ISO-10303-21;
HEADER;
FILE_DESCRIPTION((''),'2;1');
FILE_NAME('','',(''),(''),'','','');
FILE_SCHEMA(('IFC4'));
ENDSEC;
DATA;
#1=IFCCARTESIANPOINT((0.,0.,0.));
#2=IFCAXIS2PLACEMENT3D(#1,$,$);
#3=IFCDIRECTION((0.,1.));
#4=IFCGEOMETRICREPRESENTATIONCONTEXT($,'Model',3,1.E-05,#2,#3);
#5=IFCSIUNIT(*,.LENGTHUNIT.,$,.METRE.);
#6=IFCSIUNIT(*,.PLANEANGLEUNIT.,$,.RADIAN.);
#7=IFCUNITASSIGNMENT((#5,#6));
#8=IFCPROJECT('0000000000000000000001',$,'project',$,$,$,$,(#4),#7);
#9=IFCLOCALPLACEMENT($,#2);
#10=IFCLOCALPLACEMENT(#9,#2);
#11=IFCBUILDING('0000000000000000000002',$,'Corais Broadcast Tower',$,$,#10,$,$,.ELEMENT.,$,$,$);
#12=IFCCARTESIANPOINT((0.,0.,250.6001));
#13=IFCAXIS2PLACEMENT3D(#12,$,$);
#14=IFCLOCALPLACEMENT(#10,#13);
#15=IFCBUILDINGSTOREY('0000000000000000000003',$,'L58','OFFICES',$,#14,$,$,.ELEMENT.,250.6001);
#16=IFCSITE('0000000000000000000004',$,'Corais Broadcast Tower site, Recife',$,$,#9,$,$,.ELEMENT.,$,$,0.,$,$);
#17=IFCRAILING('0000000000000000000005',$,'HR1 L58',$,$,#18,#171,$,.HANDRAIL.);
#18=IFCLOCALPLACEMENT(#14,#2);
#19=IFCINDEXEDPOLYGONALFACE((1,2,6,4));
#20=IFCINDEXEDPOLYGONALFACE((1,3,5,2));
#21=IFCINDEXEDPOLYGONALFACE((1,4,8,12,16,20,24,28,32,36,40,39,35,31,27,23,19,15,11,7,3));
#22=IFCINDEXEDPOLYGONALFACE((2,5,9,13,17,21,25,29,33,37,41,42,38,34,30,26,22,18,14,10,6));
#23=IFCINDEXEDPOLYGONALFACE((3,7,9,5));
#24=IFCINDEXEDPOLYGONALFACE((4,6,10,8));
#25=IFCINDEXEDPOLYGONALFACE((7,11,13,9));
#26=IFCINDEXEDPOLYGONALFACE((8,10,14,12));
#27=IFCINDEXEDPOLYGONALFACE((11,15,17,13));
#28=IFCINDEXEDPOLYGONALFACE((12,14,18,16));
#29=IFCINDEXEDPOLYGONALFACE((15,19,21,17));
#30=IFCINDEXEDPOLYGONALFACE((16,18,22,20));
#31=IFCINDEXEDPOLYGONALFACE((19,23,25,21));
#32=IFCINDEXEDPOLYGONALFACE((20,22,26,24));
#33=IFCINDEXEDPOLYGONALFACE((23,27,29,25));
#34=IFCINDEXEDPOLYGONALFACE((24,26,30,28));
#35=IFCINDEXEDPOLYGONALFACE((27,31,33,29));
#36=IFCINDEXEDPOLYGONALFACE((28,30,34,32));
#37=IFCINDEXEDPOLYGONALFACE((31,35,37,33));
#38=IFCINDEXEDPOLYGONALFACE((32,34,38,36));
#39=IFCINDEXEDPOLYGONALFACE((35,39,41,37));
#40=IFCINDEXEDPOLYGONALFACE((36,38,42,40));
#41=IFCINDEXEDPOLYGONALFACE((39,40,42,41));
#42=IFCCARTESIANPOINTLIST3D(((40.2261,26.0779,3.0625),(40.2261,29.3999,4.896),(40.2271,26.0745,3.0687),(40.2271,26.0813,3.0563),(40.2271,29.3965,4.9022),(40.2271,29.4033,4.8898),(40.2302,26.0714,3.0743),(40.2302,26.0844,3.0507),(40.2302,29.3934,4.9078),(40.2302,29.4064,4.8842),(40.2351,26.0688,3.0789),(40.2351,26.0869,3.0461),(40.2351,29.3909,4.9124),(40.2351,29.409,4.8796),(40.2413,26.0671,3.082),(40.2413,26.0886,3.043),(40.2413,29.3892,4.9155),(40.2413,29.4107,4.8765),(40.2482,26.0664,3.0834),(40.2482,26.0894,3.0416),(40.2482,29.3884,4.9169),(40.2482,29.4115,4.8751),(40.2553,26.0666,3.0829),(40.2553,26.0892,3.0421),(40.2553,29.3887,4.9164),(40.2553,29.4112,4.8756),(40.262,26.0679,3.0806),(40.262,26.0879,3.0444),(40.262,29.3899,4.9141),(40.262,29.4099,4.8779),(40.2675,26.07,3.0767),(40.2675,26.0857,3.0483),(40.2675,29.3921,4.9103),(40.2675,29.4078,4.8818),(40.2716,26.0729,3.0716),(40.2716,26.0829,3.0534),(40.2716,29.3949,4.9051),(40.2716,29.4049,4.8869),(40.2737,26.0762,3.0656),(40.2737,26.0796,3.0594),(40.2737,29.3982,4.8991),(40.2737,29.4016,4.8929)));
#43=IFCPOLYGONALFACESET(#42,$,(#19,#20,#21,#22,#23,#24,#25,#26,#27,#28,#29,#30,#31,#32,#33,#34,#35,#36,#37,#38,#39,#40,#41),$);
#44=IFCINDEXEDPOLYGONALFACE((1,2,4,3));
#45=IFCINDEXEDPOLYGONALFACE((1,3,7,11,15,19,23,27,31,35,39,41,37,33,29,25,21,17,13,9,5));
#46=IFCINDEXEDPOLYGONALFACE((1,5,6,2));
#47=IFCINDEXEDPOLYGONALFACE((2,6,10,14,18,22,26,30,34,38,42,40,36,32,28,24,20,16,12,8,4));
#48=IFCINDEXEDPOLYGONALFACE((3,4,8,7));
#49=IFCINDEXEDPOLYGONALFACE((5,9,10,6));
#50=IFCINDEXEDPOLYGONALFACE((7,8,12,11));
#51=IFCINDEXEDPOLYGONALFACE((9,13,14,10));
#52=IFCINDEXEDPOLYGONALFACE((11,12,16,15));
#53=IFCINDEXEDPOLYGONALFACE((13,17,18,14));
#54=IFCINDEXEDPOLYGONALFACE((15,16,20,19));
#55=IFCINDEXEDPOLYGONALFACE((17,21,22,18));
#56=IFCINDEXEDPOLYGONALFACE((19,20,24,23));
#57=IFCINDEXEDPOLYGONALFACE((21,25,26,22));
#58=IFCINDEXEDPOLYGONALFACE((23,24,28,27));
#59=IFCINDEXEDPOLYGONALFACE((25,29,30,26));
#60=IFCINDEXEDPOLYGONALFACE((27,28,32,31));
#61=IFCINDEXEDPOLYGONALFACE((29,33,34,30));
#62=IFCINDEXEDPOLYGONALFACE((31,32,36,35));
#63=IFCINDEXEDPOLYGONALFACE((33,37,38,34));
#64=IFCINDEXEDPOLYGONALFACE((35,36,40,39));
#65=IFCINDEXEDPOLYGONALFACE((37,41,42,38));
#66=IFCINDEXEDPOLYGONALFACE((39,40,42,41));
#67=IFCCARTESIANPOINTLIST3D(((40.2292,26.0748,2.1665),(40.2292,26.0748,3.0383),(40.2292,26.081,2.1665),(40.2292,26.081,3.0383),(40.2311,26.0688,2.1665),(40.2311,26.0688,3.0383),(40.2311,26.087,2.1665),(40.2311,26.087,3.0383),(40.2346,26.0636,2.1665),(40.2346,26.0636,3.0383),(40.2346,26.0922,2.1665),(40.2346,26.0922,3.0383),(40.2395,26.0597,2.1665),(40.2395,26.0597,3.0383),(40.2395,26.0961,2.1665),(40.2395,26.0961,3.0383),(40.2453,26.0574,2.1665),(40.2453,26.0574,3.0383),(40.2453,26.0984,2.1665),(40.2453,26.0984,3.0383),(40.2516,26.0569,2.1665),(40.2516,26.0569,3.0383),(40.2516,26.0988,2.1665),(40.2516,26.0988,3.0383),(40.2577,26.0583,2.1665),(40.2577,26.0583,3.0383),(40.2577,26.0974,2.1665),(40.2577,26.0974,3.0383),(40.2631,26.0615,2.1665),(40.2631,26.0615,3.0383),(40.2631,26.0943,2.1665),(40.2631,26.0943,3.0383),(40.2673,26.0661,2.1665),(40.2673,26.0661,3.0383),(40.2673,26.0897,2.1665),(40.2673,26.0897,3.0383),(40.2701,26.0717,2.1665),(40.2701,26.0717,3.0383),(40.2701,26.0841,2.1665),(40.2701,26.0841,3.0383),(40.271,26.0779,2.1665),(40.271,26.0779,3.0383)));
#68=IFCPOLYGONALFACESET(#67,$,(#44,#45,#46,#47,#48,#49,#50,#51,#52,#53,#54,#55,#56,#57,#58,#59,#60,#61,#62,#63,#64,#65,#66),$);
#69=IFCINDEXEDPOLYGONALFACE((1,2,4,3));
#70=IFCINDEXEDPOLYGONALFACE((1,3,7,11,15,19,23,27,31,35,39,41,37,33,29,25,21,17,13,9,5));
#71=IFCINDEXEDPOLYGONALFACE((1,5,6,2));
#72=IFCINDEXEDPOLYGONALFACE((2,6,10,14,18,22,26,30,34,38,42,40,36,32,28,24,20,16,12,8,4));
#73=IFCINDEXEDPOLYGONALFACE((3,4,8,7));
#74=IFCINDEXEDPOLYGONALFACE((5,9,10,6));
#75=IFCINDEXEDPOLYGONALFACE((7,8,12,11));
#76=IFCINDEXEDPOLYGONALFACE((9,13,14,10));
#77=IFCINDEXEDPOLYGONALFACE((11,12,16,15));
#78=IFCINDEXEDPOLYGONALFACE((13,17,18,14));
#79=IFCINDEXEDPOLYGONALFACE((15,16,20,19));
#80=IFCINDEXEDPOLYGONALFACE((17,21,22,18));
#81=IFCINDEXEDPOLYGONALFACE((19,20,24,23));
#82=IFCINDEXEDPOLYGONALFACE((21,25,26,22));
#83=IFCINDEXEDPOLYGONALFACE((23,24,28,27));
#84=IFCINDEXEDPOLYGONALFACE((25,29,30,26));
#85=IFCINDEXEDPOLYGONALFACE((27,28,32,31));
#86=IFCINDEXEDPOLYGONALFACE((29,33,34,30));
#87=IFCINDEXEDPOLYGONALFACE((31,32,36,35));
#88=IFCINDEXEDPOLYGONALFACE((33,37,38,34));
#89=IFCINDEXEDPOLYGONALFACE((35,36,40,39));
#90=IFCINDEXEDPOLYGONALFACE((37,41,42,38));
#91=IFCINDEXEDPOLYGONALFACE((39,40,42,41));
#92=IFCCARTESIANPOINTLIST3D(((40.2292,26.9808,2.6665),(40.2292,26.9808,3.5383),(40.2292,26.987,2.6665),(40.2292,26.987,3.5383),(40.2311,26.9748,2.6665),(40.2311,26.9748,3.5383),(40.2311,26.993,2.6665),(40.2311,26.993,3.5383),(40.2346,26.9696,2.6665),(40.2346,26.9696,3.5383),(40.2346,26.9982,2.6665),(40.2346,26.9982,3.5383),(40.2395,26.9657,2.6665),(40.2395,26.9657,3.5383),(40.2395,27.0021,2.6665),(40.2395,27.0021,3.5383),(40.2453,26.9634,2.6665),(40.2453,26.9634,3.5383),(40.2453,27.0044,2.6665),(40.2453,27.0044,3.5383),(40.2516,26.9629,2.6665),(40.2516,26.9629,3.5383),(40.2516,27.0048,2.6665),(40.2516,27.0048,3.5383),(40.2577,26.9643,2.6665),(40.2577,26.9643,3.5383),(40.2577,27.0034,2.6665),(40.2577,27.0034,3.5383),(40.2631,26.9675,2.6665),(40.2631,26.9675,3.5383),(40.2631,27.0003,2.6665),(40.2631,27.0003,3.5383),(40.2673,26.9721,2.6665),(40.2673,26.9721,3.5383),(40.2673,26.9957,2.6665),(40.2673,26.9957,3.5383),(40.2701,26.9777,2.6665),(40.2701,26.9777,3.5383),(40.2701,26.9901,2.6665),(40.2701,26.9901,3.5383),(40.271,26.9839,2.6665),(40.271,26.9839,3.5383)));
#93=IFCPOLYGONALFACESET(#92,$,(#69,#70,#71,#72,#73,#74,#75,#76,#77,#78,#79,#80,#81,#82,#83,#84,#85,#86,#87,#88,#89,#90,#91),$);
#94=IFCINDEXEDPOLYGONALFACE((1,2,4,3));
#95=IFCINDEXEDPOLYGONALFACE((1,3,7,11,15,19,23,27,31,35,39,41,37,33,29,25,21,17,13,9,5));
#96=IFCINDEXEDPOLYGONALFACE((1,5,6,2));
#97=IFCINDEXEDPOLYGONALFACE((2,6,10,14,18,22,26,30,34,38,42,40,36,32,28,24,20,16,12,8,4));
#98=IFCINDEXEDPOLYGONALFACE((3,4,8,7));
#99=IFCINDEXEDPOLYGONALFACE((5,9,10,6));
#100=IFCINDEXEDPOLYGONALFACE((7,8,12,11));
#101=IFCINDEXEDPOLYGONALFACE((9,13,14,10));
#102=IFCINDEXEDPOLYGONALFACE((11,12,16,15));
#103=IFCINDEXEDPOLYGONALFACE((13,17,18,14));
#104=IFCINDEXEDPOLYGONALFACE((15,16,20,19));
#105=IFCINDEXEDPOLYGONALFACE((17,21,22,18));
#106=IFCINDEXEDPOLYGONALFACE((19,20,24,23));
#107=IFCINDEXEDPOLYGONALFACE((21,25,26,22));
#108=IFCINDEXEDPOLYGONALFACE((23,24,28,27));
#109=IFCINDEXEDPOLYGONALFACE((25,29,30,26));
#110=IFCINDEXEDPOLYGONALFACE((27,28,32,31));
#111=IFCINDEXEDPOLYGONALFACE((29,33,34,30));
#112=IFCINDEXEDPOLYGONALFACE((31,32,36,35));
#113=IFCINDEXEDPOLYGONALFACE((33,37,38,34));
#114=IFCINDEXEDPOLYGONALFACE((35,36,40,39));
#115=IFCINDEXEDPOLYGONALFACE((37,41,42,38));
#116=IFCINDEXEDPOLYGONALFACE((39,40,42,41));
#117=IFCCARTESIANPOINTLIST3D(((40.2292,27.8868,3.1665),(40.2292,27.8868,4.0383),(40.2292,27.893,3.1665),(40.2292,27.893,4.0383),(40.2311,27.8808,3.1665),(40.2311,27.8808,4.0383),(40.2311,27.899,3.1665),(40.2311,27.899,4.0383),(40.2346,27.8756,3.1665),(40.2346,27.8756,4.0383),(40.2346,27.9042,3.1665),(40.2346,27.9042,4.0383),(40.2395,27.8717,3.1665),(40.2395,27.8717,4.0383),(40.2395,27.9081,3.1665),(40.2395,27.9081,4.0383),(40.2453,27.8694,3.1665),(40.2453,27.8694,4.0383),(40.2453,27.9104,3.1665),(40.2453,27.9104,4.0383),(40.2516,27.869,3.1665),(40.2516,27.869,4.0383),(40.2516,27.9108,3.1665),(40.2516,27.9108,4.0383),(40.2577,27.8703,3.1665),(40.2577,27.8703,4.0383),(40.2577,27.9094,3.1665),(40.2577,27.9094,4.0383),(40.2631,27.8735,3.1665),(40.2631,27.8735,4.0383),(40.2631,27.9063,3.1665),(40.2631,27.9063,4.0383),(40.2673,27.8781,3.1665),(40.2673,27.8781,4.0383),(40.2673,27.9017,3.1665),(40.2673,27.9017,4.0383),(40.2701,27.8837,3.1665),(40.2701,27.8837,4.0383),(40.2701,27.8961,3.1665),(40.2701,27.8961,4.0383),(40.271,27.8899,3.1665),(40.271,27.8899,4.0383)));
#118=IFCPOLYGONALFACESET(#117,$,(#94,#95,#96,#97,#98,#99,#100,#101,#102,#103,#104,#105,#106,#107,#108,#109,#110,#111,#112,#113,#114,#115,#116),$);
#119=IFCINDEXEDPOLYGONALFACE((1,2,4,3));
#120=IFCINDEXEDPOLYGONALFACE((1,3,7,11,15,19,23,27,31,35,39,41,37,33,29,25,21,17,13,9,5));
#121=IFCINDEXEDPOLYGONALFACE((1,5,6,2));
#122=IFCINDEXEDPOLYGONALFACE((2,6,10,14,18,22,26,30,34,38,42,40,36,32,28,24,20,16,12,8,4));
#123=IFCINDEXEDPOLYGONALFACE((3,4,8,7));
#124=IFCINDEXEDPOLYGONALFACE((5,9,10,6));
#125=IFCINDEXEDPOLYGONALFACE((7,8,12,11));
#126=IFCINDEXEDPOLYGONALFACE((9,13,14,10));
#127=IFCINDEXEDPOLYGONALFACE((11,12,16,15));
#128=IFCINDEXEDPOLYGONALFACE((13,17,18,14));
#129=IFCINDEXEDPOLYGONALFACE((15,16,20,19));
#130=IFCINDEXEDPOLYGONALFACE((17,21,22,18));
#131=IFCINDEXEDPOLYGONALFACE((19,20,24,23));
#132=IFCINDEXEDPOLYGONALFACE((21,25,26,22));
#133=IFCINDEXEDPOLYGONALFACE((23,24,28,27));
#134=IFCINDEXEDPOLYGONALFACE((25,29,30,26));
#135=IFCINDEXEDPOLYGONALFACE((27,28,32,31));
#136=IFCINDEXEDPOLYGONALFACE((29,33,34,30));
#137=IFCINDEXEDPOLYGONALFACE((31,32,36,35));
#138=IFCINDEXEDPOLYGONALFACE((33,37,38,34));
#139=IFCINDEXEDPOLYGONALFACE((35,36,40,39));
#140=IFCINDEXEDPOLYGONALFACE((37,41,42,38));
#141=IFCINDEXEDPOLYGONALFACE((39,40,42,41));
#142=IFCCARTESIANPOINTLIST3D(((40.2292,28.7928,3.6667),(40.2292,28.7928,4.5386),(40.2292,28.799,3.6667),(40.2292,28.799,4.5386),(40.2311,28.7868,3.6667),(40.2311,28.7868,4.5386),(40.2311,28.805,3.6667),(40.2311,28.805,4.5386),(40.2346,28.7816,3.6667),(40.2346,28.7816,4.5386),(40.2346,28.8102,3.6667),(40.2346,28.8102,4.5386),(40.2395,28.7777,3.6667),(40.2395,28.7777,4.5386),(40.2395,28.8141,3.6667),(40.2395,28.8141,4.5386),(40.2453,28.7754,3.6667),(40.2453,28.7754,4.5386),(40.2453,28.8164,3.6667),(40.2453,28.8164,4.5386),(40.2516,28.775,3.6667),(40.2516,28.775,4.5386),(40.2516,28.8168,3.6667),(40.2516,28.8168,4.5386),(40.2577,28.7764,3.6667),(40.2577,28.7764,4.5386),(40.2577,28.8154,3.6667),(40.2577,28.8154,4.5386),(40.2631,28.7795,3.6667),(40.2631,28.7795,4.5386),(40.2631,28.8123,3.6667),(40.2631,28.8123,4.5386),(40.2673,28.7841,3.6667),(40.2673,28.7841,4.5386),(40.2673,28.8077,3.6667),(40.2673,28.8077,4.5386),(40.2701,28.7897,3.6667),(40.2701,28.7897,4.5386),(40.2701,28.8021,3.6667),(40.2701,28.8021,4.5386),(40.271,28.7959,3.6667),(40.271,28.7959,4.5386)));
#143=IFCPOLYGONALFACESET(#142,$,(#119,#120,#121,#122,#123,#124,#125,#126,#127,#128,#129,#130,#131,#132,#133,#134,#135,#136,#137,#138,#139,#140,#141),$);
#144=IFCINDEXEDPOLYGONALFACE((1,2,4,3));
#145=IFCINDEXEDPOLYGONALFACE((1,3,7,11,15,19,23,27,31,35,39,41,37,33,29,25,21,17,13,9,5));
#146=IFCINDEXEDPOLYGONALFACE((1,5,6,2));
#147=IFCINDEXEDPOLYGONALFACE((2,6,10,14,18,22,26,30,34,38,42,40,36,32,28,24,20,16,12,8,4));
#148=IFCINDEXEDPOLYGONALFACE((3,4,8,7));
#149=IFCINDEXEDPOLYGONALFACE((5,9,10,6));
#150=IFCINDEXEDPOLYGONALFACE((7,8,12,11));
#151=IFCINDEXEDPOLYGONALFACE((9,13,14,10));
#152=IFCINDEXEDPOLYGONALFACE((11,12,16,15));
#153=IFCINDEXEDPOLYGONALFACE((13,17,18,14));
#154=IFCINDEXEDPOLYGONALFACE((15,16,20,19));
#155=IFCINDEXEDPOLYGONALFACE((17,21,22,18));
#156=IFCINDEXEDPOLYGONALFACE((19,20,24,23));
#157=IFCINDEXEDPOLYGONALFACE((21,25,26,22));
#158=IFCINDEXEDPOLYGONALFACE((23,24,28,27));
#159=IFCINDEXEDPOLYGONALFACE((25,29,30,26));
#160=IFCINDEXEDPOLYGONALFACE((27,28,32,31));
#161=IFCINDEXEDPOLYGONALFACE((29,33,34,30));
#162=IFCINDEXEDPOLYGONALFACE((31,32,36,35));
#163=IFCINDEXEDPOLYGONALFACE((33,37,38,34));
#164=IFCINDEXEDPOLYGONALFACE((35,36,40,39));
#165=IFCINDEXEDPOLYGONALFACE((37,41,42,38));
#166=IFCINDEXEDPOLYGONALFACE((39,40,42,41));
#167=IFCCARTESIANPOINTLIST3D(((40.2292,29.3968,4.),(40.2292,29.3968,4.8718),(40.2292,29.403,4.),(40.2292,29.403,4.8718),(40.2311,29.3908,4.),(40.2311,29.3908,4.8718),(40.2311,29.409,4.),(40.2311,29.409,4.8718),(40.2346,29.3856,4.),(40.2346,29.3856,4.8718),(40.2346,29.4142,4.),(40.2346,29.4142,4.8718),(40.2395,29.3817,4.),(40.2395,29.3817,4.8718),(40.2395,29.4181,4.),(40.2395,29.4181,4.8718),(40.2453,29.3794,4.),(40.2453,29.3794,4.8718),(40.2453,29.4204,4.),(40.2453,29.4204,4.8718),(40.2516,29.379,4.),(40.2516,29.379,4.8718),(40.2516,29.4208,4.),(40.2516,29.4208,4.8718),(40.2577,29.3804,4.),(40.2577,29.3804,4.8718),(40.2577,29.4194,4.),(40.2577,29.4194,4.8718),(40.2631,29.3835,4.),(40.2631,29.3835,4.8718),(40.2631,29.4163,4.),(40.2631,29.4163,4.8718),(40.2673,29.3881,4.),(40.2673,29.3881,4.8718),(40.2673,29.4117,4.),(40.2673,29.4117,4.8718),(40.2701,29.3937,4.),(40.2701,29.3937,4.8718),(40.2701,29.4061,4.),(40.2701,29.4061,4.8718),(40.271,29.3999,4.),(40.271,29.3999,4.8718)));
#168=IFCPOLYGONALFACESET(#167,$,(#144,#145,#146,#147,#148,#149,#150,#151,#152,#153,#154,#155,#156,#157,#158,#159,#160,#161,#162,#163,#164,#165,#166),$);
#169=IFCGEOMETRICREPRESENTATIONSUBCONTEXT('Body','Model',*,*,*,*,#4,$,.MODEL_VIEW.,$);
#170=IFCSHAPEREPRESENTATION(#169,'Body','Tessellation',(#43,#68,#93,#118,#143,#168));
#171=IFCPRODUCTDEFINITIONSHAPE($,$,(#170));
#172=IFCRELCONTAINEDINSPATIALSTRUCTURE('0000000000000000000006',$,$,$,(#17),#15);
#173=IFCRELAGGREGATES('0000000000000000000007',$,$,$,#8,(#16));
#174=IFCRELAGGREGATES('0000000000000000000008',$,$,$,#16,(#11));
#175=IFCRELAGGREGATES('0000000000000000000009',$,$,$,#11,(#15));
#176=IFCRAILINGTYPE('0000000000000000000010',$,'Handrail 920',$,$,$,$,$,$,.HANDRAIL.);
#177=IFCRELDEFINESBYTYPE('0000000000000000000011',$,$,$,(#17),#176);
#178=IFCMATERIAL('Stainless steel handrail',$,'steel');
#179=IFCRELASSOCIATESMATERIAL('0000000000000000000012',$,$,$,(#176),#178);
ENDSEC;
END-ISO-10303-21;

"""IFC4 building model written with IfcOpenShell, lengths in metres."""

from ifc_helpers import new_model, si_unit, direction, frame, origin, origin_2d, place, context, subcontext, project, spatial, circle, extrude, material, type_object, element, save


model = new_model("IFC4")

# Units and contexts
model_context = context("Model", 3, precision=1e-05, world=origin(), true_north=direction((0.0, 1.0)))
body_context = subcontext(model_context, "Body", "Model", "MODEL_VIEW")
ifc_project = project(units=[si_unit("LENGTHUNIT", "METRE"), si_unit("PLANEANGLEUNIT", "RADIAN")], contexts=[model_context])

# Site, building, storey
site_placement = place(None, origin())
site = spatial("IfcSite", under=ifc_project, at=site_placement, Name="Corais Broadcast Tower site, Recife", CompositionType="ELEMENT", RefElevation=0.0)
building_placement = place(site_placement, origin())
building = spatial("IfcBuilding", under=site, at=building_placement, Name="Corais Broadcast Tower", CompositionType="ELEMENT")
storey_placement = place(building_placement, frame((0.0, 0.0, 250.6001)))
storey = spatial("IfcBuildingStorey", under=building, at=storey_placement, Name="L58", Description="OFFICES", CompositionType="ELEMENT", Elevation=250.6001)

# Railing
ifc_material_1 = material(Name="Stainless steel handrail", Category="steel")
railing_type = type_object("IfcRailingType", Name="Handrail 920", PredefinedType="HANDRAIL", material=ifc_material_1)
for number, where, name in (
    (1, (40.25, 26.0779, 2.1665), "HR1 L58"),
):
    element("IfcRailing", number, at=place(storey_placement, frame(where)), inside=storey, type_object=railing_type, Name=name, PredefinedType="HANDRAIL", context=body_context, shape_type="SweptSolid", body=[
        extrude(circle(Radius=0.0239, at=origin_2d()), frame((0.0, 0.0, 0.896), z_axis=(0.0, 0.875504, 0.48321), x_axis=(-1.0, 0.0, 0.0)), (0.0, 0.0, 1.0), 3.7944),
        extrude(circle(Radius=0.021, at=origin_2d()), origin(), (0.0, 0.0, 1.0), 0.8718),
        extrude(circle(Radius=0.021, at=origin_2d()), frame((0.0, 0.906, 0.5)), (0.0, 0.0, 1.0), 0.8718),
        extrude(circle(Radius=0.021, at=origin_2d()), frame((0.0, 1.812, 1.0)), (0.0, 0.0, 1.0), 0.8718),
        extrude(circle(Radius=0.021, at=origin_2d()), frame((0.0, 2.718, 1.5002)), (0.0, 0.0, 1.0), 0.8718),
        extrude(circle(Radius=0.021, at=origin_2d()), frame((0.0, 3.322, 1.8335)), (0.0, 0.0, 1.0), 0.8718),
    ])

save(model, "model.ifc")
